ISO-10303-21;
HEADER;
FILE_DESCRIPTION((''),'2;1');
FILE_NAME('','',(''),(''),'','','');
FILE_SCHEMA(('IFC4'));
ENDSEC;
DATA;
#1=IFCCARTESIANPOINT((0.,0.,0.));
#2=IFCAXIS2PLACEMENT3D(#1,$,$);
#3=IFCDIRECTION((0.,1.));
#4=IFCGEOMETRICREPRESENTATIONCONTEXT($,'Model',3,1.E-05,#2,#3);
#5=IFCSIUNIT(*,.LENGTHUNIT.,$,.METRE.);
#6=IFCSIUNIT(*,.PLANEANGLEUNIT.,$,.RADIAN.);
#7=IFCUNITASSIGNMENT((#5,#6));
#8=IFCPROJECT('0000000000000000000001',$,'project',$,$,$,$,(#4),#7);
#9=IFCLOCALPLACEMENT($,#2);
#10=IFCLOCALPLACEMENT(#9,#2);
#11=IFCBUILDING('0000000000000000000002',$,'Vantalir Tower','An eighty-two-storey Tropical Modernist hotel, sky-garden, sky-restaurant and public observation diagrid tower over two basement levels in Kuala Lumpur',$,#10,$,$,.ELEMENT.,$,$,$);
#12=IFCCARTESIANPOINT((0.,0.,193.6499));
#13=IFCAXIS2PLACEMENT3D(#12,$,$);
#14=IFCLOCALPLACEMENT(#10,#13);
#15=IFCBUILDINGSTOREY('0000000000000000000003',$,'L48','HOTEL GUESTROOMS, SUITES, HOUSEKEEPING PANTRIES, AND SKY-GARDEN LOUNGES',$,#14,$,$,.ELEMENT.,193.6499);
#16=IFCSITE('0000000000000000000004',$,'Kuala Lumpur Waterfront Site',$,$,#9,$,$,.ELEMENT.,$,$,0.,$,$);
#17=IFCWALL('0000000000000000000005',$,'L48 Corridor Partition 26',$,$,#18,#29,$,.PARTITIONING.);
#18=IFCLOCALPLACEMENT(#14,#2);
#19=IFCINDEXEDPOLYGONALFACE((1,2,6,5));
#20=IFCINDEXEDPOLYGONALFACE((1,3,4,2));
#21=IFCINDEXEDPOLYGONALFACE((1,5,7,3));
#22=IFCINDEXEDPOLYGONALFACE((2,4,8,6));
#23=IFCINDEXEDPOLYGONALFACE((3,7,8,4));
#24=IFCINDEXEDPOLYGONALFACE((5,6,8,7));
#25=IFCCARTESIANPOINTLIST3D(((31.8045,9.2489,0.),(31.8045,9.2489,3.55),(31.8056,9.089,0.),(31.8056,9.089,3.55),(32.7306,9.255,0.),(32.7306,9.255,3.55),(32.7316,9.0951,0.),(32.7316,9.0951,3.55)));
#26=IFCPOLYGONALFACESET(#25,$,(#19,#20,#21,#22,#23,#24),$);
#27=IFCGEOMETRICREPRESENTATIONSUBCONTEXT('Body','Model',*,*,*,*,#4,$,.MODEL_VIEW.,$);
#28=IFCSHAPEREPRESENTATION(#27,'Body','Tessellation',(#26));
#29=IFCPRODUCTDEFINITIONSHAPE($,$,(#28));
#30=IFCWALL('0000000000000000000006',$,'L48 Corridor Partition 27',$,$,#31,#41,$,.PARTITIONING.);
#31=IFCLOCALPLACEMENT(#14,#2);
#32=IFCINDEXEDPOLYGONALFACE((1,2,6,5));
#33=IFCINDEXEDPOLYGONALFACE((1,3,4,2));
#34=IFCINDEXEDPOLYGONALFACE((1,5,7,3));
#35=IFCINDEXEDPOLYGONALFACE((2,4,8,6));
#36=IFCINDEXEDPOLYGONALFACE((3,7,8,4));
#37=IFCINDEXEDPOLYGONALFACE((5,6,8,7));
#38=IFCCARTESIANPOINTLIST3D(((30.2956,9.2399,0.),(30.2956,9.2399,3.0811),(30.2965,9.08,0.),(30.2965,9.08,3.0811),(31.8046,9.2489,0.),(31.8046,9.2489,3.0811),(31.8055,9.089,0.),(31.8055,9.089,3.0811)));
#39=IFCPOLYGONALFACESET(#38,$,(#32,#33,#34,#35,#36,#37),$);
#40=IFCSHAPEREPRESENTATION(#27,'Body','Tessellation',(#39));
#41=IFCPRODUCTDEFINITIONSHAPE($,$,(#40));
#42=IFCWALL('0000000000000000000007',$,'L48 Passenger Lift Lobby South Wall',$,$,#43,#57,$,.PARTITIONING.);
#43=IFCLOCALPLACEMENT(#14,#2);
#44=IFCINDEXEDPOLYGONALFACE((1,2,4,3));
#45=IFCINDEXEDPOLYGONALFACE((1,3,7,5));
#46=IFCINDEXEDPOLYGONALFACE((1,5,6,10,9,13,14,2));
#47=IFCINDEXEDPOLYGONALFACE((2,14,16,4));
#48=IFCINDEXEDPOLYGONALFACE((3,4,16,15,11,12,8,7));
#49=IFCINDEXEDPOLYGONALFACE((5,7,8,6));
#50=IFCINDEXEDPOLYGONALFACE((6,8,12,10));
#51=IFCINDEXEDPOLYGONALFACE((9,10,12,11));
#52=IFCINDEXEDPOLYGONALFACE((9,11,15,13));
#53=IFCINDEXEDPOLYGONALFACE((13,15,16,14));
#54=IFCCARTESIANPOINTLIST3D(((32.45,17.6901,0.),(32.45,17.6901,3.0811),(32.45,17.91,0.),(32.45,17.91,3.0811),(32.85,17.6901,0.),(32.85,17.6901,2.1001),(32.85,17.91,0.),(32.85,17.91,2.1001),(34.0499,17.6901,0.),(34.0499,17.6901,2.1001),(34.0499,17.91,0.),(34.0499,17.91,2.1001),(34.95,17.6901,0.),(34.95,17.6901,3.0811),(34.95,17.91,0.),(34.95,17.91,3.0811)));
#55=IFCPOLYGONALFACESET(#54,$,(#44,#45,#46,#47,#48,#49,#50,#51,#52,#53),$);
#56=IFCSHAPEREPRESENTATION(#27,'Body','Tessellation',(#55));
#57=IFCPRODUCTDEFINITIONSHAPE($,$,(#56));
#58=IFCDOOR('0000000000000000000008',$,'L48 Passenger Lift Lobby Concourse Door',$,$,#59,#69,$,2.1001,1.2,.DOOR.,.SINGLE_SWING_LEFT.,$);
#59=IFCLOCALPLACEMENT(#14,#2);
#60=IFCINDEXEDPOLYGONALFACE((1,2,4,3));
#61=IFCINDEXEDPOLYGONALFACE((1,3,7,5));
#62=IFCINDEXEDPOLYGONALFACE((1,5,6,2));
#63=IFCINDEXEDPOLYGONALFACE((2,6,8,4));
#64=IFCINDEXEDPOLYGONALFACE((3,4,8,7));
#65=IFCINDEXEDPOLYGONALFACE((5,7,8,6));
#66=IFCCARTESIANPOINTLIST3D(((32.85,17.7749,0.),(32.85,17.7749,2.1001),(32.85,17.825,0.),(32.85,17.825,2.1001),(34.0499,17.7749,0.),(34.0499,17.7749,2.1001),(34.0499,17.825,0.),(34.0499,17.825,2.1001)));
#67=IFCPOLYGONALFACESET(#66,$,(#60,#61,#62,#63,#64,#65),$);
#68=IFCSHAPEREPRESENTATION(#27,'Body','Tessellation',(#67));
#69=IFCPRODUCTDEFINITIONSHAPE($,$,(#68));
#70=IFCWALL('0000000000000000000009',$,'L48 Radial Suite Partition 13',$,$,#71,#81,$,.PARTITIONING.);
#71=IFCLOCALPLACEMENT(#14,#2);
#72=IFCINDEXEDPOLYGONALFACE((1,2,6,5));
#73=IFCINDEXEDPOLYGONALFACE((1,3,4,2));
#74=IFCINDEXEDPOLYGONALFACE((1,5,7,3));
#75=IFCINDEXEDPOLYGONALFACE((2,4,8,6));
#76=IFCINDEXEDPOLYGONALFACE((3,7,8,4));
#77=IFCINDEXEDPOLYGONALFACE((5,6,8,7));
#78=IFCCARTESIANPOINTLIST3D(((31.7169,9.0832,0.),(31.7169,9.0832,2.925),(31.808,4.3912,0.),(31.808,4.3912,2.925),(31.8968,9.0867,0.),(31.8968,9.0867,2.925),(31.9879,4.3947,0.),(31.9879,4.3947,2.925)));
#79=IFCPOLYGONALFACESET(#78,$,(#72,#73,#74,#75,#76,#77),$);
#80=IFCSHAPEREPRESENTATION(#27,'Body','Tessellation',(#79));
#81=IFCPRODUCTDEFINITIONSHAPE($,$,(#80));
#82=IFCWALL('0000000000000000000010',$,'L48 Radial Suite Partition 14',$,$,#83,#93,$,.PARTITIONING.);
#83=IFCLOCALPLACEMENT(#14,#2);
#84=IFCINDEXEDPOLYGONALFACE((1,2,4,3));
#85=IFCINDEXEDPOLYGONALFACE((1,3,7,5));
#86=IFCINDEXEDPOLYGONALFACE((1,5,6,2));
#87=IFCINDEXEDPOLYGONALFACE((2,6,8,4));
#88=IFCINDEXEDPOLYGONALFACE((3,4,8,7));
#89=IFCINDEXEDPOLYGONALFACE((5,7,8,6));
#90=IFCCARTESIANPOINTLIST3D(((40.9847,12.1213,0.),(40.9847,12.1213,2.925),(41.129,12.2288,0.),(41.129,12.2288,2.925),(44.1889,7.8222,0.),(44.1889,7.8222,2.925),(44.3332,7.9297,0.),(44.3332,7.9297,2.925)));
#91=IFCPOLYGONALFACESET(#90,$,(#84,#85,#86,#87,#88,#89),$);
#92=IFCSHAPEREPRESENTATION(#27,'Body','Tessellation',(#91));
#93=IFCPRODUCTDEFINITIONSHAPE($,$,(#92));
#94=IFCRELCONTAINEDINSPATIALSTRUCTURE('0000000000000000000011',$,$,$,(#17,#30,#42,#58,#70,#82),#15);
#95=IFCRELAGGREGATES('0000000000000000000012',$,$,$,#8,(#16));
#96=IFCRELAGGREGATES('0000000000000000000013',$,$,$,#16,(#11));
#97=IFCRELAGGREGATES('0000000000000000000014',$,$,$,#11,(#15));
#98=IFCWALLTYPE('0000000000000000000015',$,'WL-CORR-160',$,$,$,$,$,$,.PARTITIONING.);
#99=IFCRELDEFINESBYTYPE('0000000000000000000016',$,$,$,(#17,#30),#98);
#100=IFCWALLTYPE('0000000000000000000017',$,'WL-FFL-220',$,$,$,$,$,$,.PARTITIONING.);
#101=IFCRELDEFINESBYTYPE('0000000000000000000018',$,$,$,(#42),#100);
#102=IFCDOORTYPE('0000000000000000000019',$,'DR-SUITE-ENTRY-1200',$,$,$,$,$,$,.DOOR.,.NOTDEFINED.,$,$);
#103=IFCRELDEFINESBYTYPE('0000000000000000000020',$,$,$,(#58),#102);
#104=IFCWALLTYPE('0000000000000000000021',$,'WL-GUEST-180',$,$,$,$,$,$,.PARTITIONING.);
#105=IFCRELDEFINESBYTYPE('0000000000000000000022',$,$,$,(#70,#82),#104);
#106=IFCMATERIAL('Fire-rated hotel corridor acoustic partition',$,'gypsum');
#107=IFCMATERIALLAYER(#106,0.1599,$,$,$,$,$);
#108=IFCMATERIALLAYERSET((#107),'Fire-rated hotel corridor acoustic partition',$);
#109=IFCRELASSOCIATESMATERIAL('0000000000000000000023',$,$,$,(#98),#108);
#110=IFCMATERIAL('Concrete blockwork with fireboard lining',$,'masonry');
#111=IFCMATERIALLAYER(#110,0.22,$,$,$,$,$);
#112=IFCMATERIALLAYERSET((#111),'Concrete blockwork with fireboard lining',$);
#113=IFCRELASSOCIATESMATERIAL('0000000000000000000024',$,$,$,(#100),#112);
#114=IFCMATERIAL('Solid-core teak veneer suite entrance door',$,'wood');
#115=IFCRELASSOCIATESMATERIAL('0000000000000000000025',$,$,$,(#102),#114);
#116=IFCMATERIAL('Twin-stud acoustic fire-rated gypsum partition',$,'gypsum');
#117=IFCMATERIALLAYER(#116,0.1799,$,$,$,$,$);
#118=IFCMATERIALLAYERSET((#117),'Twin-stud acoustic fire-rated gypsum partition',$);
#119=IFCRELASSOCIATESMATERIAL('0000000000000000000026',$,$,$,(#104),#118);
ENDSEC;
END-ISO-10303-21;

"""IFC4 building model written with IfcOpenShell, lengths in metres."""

from ifc_helpers import new_model, si_unit, direction, frame, frame_2d, origin, place, context, subcontext, project, spatial, rectangle, extrude, material, layer, layer_set, type_object, element, fill, save


model = new_model("IFC4")

# Units and contexts
model_context = context("Model", 3, precision=1e-05, world=origin(), true_north=direction((0.0, 1.0)))
body_context = subcontext(model_context, "Body", "Model", "MODEL_VIEW")
ifc_project = project(units=[si_unit("LENGTHUNIT", "METRE"), si_unit("PLANEANGLEUNIT", "RADIAN")], contexts=[model_context])

# Site, building, storey
site_placement = place(None, origin())
site = spatial("IfcSite", under=ifc_project, at=site_placement, Name="Kuala Lumpur Waterfront Site", CompositionType="ELEMENT", RefElevation=0.0)
building_placement = place(site_placement, origin())
building = spatial("IfcBuilding", under=site, at=building_placement, Name="Vantalir Tower", Description="An eighty-two-storey Tropical Modernist hotel, sky-garden, sky-restaurant and public observation diagrid tower over two basement levels in Kuala Lumpur", CompositionType="ELEMENT")
storey_placement = place(building_placement, frame((0.0, 0.0, 193.6499)))
storey = spatial("IfcBuildingStorey", under=building, at=storey_placement, Name="L48", Description="HOTEL GUESTROOMS, SUITES, HOUSEKEEPING PANTRIES, AND SKY-GARDEN LOUNGES", CompositionType="ELEMENT", Elevation=193.6499)

# Shared definitions
ifc_material_1 = material(Name="Fire-rated hotel corridor acoustic partition", Category="gypsum")
ifc_layer_1 = layer(ifc_material_1, 0.1599)
ifc_layer_set_1 = layer_set([ifc_layer_1], Name="Fire-rated hotel corridor acoustic partition")
wall_type_1 = type_object("IfcWallType", Name="WL-CORR-160", PredefinedType="PARTITIONING", material=ifc_layer_set_1)

# Walls
wall_1_placement = place(storey_placement, frame((32.731, 9.175, 0.0), z_axis=(0.0, 0.0, 1.0), x_axis=(-0.999978, -0.006591, 0.0)))
element("IfcWall", 1, at=wall_1_placement, inside=storey, type_object=wall_type_1, Name="L48 Corridor Partition 26", PredefinedType="PARTITIONING", context=body_context, shape_type="SweptSolid", body=[
    extrude(rectangle(XDim=0.926, YDim=0.1599, at=frame_2d((0.4629, 0.0))), origin(), (0.0, 0.0, 1.0), 3.55),
])
wall_2_placement = place(storey_placement, frame((31.8049, 9.1689, 0.0), z_axis=(0.0, 0.0, 1.0), x_axis=(-0.999982, -0.005986, 0.0)))
element("IfcWall", 2, at=wall_2_placement, inside=storey, type_object=wall_type_1, Name="L48 Corridor Partition 27", PredefinedType="PARTITIONING", context=body_context, shape_type="SweptSolid", body=[
    extrude(rectangle(XDim=1.509, YDim=0.1599, at=frame_2d((0.7544, 0.0))), origin(), (0.0, 0.0, 1.0), 3.0811),
])

# Wall, opening, door
ifc_material_2 = material(Name="Concrete blockwork with fireboard lining", Category="masonry")
ifc_layer_2 = layer(ifc_material_2, 0.22)
ifc_layer_set_2 = layer_set([ifc_layer_2], Name="Concrete blockwork with fireboard lining")
wall_type_2 = type_object("IfcWallType", Name="WL-FFL-220", PredefinedType="PARTITIONING", material=ifc_layer_set_2)
wall_3_placement = place(storey_placement, frame((32.45, 17.8, 0.0), z_axis=(0.0, 0.0, 1.0), x_axis=(1.0, 0.0, 0.0)))
wall_3 = element("IfcWall", 3, at=wall_3_placement, inside=storey, type_object=wall_type_2, Name="L48 Passenger Lift Lobby South Wall", PredefinedType="PARTITIONING", context=body_context, shape_type="SweptSolid", body=[
    extrude(rectangle(XDim=2.5, YDim=0.22, at=frame_2d((1.25, 0.0))), origin(), (0.0, 0.0, 1.0), 3.0811),
])
opening_1_placement = place(wall_3_placement, frame((0.3999, 0.0, 0.0)))
opening_1 = element("IfcOpeningElement", 4, at=opening_1_placement, cuts=wall_3, PredefinedType="OPENING", context=body_context, shape_type="SweptSolid", body=[
    extrude(rectangle(XDim=1.2, YDim=2.1001, at=frame_2d((0.6001, 1.05))), frame((0.0, 0.1199, 0.0), z_axis=(0.0, -1.0, 0.0), x_axis=(1.0, 0.0, 0.0)), (0.0, 0.0, 1.0), 0.24),
])
ifc_material_3 = material(Name="Solid-core teak veneer suite entrance door", Category="wood")
door_type_1 = type_object("IfcDoorType", Name="DR-SUITE-ENTRY-1200", OperationType="NOTDEFINED", PredefinedType="DOOR", material=ifc_material_3)
door_1_placement = place(opening_1_placement, origin())
door_1 = element("IfcDoor", 5, at=door_1_placement, inside=storey, type_object=door_type_1, Name="L48 Passenger Lift Lobby Concourse Door", OperationType="SINGLE_SWING_LEFT", OverallHeight=2.1001, OverallWidth=1.2, PredefinedType="DOOR", context=body_context, shape_type="SweptSolid", body=[
    extrude(rectangle(XDim=1.2, YDim=2.1001, at=frame_2d((0.6001, 1.05))), frame((0.0, 0.0249, 0.0), z_axis=(0.0, -1.0, 0.0), x_axis=(1.0, 0.0, 0.0)), (0.0, 0.0, 1.0), 0.05),
])
fill(opening_1, door_1)

# Walls
ifc_material_4 = material(Name="Twin-stud acoustic fire-rated gypsum partition", Category="gypsum")
ifc_layer_3 = layer(ifc_material_4, 0.1799)
ifc_layer_set_3 = layer_set([ifc_layer_3], Name="Twin-stud acoustic fire-rated gypsum partition")
wall_type_3 = type_object("IfcWallType", Name="WL-GUEST-180", PredefinedType="PARTITIONING", material=ifc_layer_set_3)
wall_4_placement = place(storey_placement, frame((31.8069, 9.085, 0.0), z_axis=(0.0, 0.0, 1.0), x_axis=(0.019405, -0.999812, 0.0)))
element("IfcWall", 6, at=wall_4_placement, inside=storey, type_object=wall_type_3, Name="L48 Radial Suite Partition 13", PredefinedType="PARTITIONING", context=body_context, shape_type="SweptSolid", body=[
    extrude(rectangle(XDim=4.6929, YDim=0.1799, at=frame_2d((2.3464, 0.0))), origin(), (0.0, 0.0, 1.0), 2.925),
])
wall_5_placement = place(storey_placement, frame((41.0569, 12.175, 0.0), z_axis=(0.0, 0.0, 1.0), x_axis=(0.597586, -0.801805, 0.0)))
element("IfcWall", 7, at=wall_5_placement, inside=storey, type_object=wall_type_3, Name="L48 Radial Suite Partition 14", PredefinedType="PARTITIONING", context=body_context, shape_type="SweptSolid", body=[
    extrude(rectangle(XDim=5.3618, YDim=0.1799, at=frame_2d((2.6809, 0.0))), origin(), (0.0, 0.0, 1.0), 2.925),
])

save(model, "model.ifc")
